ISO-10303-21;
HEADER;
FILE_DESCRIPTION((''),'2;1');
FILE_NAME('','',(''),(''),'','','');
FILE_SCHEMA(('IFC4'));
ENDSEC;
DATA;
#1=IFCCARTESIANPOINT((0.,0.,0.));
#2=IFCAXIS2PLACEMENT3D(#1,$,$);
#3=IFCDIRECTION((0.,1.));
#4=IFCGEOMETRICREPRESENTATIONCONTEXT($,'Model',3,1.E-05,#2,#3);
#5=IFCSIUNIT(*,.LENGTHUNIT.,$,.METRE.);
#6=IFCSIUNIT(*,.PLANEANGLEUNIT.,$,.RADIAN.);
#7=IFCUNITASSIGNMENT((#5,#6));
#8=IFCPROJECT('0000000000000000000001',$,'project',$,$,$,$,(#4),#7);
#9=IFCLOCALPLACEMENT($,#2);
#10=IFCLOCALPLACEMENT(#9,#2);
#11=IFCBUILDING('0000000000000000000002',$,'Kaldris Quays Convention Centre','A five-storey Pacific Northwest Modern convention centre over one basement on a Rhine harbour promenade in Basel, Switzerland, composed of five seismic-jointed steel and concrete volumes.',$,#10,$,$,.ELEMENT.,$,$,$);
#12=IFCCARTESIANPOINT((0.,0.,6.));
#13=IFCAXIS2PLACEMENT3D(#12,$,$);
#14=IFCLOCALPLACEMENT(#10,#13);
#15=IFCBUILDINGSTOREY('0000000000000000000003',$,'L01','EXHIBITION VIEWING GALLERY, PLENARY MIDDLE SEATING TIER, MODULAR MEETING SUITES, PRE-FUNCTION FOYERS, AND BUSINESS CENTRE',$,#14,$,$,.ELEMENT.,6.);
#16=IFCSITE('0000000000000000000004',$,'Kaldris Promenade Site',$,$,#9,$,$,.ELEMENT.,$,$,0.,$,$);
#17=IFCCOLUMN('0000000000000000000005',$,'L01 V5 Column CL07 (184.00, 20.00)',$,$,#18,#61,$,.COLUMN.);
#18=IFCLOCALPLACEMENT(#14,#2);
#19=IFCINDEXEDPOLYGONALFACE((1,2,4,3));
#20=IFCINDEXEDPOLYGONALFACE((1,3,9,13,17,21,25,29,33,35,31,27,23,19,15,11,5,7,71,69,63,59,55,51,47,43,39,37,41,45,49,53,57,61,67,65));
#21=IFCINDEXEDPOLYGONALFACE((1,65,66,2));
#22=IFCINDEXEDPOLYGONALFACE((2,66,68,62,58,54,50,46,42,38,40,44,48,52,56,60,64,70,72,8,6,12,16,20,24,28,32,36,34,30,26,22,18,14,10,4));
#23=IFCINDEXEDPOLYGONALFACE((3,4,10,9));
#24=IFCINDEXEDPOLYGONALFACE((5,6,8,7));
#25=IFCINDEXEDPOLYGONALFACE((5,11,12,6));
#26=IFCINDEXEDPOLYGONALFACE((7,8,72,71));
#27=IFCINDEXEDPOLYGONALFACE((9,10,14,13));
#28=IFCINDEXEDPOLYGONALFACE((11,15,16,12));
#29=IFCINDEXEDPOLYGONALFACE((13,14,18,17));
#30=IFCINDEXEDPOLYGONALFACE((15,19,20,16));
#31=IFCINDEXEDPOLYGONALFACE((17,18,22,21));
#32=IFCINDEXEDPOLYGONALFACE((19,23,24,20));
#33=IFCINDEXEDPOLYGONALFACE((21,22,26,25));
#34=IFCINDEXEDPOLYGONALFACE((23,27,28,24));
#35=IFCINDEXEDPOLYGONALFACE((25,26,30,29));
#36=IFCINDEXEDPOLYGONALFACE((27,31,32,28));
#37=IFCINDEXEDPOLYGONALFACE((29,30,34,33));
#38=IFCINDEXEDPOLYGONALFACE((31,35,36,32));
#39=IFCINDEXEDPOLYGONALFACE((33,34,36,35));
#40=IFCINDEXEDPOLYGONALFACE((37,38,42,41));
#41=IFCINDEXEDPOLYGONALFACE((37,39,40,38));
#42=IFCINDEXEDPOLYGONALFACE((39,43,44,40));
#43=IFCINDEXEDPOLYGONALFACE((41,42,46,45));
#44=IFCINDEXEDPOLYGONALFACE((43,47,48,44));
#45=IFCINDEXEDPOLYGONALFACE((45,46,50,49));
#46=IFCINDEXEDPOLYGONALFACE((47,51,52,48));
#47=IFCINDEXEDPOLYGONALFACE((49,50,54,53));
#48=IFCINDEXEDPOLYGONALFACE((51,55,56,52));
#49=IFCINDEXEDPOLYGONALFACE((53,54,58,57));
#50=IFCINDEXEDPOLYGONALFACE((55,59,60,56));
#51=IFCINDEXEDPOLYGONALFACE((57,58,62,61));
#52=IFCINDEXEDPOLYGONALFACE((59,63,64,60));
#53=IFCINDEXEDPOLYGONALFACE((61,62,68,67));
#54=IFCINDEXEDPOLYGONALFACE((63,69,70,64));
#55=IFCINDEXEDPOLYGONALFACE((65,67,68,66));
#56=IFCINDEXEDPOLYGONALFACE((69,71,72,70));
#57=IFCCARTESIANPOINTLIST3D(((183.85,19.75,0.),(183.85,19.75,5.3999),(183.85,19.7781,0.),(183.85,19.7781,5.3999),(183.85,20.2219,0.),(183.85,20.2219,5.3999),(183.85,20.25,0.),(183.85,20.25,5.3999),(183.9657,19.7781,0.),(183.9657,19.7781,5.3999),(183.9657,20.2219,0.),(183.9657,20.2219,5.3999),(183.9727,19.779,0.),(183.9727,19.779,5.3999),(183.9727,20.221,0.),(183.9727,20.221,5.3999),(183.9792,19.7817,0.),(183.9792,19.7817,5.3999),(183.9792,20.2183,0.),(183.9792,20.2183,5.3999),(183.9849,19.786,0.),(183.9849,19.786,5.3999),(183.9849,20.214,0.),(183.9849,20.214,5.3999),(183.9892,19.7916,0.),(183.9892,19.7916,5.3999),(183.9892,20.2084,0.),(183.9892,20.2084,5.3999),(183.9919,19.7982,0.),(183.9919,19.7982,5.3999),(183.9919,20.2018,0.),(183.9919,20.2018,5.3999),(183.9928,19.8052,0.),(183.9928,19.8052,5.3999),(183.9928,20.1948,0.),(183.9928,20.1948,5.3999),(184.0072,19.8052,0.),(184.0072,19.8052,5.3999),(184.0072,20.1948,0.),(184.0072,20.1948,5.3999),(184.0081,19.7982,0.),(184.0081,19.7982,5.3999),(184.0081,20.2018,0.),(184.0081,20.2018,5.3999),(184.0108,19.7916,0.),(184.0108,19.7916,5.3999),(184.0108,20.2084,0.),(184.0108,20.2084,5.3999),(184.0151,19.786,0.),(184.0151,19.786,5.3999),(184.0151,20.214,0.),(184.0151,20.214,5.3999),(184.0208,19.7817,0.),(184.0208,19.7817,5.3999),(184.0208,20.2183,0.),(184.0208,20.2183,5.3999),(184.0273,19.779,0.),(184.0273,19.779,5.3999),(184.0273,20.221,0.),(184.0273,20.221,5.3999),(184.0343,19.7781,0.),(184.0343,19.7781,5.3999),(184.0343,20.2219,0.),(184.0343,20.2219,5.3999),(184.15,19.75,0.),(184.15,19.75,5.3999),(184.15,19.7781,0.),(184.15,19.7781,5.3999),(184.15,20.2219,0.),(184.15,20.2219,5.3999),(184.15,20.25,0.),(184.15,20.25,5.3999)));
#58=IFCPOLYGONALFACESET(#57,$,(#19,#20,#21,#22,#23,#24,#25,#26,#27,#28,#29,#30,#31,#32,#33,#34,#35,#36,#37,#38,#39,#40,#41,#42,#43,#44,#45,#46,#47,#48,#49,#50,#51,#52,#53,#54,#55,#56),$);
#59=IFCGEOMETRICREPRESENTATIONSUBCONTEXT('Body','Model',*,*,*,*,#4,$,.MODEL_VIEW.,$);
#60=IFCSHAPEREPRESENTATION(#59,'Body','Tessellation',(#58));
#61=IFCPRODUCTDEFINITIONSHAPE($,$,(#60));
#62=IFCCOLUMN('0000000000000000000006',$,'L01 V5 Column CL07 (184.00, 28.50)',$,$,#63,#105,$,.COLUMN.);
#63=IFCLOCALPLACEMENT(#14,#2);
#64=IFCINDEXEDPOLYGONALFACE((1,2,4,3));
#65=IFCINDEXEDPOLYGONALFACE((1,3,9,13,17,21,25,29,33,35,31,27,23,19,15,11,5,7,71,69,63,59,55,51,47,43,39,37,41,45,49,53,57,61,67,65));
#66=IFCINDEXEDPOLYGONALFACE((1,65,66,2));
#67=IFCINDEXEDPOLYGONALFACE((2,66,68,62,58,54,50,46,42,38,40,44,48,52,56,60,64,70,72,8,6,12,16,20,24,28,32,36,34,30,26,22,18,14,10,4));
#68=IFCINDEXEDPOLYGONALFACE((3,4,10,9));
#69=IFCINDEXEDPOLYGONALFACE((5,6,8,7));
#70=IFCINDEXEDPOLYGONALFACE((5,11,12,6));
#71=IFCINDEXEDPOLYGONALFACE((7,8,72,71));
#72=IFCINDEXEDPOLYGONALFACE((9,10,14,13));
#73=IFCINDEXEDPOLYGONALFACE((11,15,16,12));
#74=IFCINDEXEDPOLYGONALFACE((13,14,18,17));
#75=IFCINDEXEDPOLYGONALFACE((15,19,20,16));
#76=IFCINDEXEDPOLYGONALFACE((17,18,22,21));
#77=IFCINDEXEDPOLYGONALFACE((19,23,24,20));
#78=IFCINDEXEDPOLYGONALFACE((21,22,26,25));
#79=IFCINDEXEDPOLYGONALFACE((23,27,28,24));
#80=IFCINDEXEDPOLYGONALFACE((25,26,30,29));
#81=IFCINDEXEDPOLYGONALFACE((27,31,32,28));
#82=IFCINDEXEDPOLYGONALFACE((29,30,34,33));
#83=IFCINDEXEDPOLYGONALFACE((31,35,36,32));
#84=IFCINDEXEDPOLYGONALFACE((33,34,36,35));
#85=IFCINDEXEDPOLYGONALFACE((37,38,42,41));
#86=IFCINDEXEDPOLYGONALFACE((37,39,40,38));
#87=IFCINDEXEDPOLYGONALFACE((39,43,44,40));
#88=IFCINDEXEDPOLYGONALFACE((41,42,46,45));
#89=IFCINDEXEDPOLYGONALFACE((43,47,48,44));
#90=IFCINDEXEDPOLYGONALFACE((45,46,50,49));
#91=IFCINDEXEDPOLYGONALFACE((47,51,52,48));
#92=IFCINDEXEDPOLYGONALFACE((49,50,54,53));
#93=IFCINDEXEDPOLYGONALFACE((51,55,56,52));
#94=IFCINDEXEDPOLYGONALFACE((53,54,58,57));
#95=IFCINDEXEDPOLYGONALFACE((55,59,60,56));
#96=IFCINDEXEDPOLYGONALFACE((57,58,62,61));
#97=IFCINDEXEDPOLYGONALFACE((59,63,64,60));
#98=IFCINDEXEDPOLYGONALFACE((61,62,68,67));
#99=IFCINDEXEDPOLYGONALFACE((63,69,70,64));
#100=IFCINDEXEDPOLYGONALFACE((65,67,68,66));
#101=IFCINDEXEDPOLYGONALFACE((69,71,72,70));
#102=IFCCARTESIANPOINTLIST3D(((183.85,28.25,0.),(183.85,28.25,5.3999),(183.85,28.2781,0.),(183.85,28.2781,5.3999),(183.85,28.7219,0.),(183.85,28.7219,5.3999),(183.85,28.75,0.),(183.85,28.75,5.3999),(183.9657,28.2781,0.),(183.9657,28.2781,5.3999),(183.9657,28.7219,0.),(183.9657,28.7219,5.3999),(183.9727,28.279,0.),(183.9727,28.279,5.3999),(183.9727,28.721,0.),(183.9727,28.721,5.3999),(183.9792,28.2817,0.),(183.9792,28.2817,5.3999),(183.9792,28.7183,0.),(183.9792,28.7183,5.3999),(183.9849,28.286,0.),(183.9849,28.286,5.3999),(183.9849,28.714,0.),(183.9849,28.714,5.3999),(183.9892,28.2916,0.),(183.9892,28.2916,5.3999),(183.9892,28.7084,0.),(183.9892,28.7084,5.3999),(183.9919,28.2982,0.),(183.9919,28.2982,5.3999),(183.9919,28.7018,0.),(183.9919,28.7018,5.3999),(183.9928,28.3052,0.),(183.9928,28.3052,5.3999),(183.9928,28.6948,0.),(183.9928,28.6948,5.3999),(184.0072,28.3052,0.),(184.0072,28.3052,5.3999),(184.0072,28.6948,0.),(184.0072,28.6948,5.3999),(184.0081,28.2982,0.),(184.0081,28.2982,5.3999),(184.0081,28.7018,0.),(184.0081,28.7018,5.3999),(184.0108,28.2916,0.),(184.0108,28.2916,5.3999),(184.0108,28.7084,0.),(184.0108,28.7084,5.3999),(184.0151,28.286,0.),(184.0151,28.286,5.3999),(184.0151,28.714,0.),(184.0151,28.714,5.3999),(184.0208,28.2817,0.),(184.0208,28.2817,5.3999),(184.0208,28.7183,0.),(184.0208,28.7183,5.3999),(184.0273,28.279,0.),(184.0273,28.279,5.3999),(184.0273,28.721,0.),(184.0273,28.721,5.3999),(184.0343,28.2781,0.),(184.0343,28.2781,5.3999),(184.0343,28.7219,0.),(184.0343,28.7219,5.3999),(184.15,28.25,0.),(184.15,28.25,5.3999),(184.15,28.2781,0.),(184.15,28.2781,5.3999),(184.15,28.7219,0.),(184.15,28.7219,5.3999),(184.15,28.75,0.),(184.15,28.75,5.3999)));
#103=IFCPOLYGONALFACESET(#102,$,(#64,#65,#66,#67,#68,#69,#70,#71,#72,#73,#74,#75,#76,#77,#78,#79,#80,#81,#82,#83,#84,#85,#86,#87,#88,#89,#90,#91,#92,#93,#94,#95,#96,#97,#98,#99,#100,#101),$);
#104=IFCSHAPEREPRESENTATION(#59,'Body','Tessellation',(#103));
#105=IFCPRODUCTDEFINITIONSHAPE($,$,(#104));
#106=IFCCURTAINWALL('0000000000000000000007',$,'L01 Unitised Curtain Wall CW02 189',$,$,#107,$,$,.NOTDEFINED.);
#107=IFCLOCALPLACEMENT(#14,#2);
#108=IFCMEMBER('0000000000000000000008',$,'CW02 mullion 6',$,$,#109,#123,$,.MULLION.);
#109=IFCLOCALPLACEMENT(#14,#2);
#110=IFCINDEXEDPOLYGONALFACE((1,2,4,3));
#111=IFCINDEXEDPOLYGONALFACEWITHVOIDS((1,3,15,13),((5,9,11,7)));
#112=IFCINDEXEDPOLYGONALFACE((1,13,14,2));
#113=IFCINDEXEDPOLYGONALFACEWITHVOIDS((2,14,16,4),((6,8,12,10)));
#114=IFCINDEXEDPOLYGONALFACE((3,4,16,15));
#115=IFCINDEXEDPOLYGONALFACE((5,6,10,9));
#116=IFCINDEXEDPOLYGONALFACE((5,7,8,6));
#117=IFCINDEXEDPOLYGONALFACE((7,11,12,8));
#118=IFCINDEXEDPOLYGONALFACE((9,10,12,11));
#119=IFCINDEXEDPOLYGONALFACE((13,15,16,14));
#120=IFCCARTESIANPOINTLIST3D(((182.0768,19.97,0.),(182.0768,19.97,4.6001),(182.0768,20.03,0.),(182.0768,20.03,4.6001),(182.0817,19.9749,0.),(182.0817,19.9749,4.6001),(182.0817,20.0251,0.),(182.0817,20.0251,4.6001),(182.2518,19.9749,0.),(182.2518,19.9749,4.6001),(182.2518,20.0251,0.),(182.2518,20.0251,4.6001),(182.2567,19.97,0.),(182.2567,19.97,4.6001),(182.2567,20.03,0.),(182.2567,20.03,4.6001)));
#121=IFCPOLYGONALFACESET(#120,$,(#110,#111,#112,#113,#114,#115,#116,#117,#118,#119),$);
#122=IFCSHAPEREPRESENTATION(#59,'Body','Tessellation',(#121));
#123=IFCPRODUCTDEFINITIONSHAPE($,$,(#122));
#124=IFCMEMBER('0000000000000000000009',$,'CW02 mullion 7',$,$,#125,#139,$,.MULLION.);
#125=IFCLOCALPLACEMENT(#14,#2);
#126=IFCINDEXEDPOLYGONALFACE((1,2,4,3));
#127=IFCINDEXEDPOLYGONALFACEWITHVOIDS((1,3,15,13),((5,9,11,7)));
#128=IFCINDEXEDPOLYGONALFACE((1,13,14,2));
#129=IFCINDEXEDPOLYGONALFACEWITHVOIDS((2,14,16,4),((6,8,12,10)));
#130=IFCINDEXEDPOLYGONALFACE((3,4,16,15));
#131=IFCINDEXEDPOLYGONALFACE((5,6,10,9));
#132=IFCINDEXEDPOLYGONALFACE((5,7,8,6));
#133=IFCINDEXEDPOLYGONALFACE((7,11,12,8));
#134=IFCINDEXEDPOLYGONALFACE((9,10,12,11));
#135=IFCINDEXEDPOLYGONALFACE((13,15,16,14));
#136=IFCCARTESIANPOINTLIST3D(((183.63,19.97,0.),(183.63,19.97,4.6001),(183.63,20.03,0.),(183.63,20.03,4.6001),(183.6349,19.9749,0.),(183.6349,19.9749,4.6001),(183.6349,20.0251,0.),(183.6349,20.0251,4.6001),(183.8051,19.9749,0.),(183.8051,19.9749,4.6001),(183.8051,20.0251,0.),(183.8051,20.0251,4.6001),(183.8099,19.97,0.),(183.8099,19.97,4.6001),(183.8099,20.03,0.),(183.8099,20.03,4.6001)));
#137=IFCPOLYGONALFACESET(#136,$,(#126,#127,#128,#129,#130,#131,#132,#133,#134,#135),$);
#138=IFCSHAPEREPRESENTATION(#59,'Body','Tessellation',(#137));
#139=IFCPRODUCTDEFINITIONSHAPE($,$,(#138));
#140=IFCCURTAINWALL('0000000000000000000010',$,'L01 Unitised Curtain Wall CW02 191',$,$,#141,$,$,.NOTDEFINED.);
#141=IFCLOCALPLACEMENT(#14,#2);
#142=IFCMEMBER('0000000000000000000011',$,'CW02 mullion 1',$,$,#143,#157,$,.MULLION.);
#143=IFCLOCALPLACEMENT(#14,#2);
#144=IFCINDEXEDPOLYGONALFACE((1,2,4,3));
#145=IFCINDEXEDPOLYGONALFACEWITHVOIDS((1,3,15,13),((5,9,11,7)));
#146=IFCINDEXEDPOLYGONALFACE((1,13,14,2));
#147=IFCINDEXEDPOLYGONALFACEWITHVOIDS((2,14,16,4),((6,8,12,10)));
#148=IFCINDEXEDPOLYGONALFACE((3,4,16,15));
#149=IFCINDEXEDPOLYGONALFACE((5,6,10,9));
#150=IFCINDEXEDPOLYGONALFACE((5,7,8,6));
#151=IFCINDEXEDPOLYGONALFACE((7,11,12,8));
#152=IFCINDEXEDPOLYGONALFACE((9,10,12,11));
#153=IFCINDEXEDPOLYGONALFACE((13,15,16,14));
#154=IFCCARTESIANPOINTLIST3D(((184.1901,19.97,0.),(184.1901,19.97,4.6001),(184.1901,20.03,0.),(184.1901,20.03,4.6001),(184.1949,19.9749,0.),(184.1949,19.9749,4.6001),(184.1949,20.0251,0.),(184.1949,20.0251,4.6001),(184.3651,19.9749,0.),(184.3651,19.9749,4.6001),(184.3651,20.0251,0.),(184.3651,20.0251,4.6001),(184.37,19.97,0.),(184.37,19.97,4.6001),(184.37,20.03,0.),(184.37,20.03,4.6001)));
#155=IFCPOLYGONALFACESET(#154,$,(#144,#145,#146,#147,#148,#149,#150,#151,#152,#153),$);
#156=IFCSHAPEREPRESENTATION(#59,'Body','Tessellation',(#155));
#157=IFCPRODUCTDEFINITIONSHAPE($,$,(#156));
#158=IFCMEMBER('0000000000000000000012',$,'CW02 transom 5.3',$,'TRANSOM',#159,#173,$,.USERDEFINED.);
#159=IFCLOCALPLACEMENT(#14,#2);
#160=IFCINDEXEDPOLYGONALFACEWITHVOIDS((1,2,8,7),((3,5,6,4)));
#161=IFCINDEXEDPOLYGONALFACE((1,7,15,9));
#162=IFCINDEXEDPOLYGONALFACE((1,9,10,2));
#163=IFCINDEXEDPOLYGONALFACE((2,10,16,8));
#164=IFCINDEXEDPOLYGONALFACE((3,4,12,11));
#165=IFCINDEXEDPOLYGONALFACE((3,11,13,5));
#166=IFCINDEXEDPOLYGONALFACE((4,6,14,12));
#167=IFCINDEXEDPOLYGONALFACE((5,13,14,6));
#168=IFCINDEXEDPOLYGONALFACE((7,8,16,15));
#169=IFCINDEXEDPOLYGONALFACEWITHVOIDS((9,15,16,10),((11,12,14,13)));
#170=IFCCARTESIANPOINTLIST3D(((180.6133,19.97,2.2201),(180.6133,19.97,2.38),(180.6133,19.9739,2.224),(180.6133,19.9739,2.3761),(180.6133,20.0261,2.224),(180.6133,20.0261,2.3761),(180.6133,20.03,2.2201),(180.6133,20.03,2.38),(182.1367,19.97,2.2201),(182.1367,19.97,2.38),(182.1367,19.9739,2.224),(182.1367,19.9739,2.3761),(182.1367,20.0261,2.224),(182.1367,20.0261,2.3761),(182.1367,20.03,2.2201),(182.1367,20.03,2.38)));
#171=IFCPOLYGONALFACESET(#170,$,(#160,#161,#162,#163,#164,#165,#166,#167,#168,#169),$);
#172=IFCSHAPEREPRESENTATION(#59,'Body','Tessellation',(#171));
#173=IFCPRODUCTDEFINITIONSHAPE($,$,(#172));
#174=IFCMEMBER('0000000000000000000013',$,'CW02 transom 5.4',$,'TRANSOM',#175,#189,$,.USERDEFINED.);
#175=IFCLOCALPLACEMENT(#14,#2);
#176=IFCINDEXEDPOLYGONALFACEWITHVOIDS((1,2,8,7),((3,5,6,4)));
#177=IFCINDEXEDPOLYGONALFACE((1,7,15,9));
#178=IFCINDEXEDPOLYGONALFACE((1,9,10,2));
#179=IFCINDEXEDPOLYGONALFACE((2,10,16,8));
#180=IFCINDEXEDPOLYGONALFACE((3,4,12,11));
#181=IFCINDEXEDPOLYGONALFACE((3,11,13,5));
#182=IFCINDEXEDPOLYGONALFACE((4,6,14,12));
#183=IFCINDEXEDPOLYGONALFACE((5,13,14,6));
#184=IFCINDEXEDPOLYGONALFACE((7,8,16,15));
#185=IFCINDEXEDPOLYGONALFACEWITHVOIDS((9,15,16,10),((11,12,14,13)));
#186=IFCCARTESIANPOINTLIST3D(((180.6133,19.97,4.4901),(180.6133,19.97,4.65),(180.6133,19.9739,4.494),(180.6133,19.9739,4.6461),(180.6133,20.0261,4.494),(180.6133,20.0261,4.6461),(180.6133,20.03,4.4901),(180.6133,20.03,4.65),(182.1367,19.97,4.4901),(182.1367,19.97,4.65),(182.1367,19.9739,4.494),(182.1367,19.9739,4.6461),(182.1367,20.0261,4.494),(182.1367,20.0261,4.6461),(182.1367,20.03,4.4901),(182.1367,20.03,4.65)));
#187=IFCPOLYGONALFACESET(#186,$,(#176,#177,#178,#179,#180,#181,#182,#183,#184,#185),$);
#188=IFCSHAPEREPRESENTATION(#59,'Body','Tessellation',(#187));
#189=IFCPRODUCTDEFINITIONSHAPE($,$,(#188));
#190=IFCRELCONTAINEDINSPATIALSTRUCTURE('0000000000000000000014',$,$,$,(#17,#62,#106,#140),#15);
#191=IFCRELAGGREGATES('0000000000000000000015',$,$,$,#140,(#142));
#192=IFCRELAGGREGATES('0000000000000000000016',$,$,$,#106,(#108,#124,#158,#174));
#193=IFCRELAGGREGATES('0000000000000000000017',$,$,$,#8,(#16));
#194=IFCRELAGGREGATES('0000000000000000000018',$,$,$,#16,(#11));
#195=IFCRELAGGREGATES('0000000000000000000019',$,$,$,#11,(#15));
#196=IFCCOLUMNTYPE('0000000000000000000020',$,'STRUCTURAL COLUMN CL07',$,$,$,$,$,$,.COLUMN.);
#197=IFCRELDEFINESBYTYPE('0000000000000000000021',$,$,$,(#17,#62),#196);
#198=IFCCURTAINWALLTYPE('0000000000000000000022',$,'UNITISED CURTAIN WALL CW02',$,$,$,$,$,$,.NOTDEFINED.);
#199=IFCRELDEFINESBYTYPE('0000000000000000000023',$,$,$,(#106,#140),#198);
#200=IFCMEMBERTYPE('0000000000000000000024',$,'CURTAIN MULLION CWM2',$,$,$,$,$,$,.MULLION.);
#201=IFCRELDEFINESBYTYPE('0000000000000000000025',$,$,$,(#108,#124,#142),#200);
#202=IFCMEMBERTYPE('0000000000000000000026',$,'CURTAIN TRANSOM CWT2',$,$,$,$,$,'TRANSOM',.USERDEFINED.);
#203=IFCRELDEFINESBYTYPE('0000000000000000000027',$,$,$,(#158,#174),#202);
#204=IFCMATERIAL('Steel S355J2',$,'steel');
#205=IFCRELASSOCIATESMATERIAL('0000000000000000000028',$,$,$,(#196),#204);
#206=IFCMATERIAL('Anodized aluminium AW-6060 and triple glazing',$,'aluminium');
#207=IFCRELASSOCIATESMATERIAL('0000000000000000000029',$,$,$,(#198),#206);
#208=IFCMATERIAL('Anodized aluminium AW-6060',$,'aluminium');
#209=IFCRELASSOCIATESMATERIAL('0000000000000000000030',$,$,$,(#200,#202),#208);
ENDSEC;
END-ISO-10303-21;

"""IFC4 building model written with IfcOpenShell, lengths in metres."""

from ifc_helpers import new_model, si_unit, direction, frame, origin, origin_2d, place, context, subcontext, project, spatial, hollow_rectangle, i_section, extrude, material, material_profile, profile_set, type_object, element, aggregate, save


model = new_model("IFC4")

# Units and contexts
model_context = context("Model", 3, precision=1e-05, world=origin(), true_north=direction((0.0, 1.0)))
body_context = subcontext(model_context, "Body", "Model", "MODEL_VIEW")
ifc_project = project(units=[si_unit("LENGTHUNIT", "METRE"), si_unit("PLANEANGLEUNIT", "RADIAN")], contexts=[model_context])

# Site, building, storey
site_placement = place(None, origin())
site = spatial("IfcSite", under=ifc_project, at=site_placement, Name="Kaldris Promenade Site", CompositionType="ELEMENT", RefElevation=0.0)
building_placement = place(site_placement, origin())
building = spatial("IfcBuilding", under=site, at=building_placement, Name="Kaldris Quays Convention Centre", Description="A five-storey Pacific Northwest Modern convention centre over one basement on a Rhine harbour promenade in Basel, Switzerland, composed of five seismic-jointed steel and concrete volumes.", CompositionType="ELEMENT")
storey_placement = place(building_placement, frame((0.0, 0.0, 6.0)))
storey = spatial("IfcBuildingStorey", under=building, at=storey_placement, Name="L01", Description="EXHIBITION VIEWING GALLERY, PLENARY MIDDLE SEATING TIER, MODULAR MEETING SUITES, PRE-FUNCTION FOYERS, AND BUSINESS CENTRE", CompositionType="ELEMENT", Elevation=6.0)

# Columns
ifc_material_1 = material(Name="Steel S355J2", Category="steel")
ifc_material_profile_1 = material_profile(ifc_material_1, i_section(OverallWidth=0.3, OverallDepth=0.5, WebThickness=0.0144, FlangeThickness=0.0281, FilletRadius=0.0271, at=origin_2d()), Name="HEB 500")
ifc_profile_set_1 = profile_set([ifc_material_profile_1], Name="Steel S355J2")
column_type = type_object("IfcColumnType", Name="STRUCTURAL COLUMN CL07", PredefinedType="COLUMN", material=ifc_profile_set_1)
for number, where, z_axis, x_axis, name in (
    (1, (184.0, 20.0, 0.0), (0.0, 0.0, 1.0), (1.0, 0.0, 0.0), "L01 V5 Column CL07 (184.00, 20.00)"),
    (2, (184.0, 28.5, 0.0), (0.0, 0.0, 1.0), (1.0, 0.0, 0.0), "L01 V5 Column CL07 (184.00, 28.50)"),
):
    element("IfcColumn", number, at=place(storey_placement, frame(where, z_axis=z_axis, x_axis=x_axis)), inside=storey, type_object=column_type, Name=name, PredefinedType="COLUMN", context=body_context, shape_type="SweptSolid", body=[
        extrude(i_section(OverallWidth=0.3, OverallDepth=0.5, WebThickness=0.0144, FlangeThickness=0.0281, FilletRadius=0.0271, at=origin_2d()), origin(), (0.0, 0.0, 1.0), 5.3999),
    ])

# Curtain wall, members
ifc_material_2 = material(Name="Anodized aluminium AW-6060 and triple glazing", Category="aluminium")
curtain_wall_type = type_object("IfcCurtainWallType", Name="UNITISED CURTAIN WALL CW02", PredefinedType="NOTDEFINED", material=ifc_material_2)
curtain_wall_1_placement = place(storey_placement, origin())
curtain_wall_1 = element("IfcCurtainWall", 3, at=curtain_wall_1_placement, inside=storey, type_object=curtain_wall_type, Name="L01 Unitised Curtain Wall CW02 189", PredefinedType="NOTDEFINED")
ifc_material_3 = material(Name="Anodized aluminium AW-6060", Category="aluminium")
ifc_material_profile_2 = material_profile(ifc_material_3, hollow_rectangle(XDim=0.0601, YDim=0.1799, WallThickness=0.0049, at=origin_2d()), Name="RHS 180x60x5")
ifc_profile_set_2 = profile_set([ifc_material_profile_2], Name="Anodized aluminium AW-6060")
member_type_1 = type_object("IfcMemberType", Name="CURTAIN MULLION CWM2", PredefinedType="MULLION", material=ifc_profile_set_2)
member_1_placement = place(storey_placement, frame((182.1667, 20.0, 0.0), z_axis=(0.0, 0.0, 1.0), x_axis=(0.0, 1.0, 0.0)))
member_1 = element("IfcMember", 4, at=member_1_placement, type_object=member_type_1, Name="CW02 mullion 6", PredefinedType="MULLION", context=body_context, shape_type="SweptSolid", body=[
    extrude(hollow_rectangle(XDim=0.0601, YDim=0.1799, WallThickness=0.0049, at=origin_2d()), origin(), (0.0, 0.0, 1.0), 4.6001),
])
member_2_placement = place(storey_placement, frame((183.72, 20.0, 0.0), z_axis=(0.0, 0.0, 1.0), x_axis=(0.0, 1.0, 0.0)))
member_2 = element("IfcMember", 5, at=member_2_placement, type_object=member_type_1, Name="CW02 mullion 7", PredefinedType="MULLION", context=body_context, shape_type="SweptSolid", body=[
    extrude(hollow_rectangle(XDim=0.0601, YDim=0.1799, WallThickness=0.0049, at=origin_2d()), origin(), (0.0, 0.0, 1.0), 4.6001),
])

# Curtain wall, member
curtain_wall_2_placement = place(storey_placement, origin())
curtain_wall_2 = element("IfcCurtainWall", 6, at=curtain_wall_2_placement, inside=storey, type_object=curtain_wall_type, Name="L01 Unitised Curtain Wall CW02 191", PredefinedType="NOTDEFINED")
member_3_placement = place(storey_placement, frame((184.28, 20.0, 0.0), z_axis=(0.0, 0.0, 1.0), x_axis=(0.0, 1.0, 0.0)))
member_3 = element("IfcMember", 7, at=member_3_placement, type_object=member_type_1, Name="CW02 mullion 1", PredefinedType="MULLION", context=body_context, shape_type="SweptSolid", body=[
    extrude(hollow_rectangle(XDim=0.0601, YDim=0.1799, WallThickness=0.0049, at=origin_2d()), origin(), (0.0, 0.0, 1.0), 4.6001),
])

# Members
ifc_material_profile_3 = material_profile(ifc_material_3, hollow_rectangle(XDim=0.0601, YDim=0.1599, WallThickness=0.0039, at=origin_2d()), Name="RHS 160x60x4")
ifc_profile_set_3 = profile_set([ifc_material_profile_3], Name="Anodized aluminium AW-6060")
member_type_2 = type_object("IfcMemberType", Name="CURTAIN TRANSOM CWT2", ElementType="TRANSOM", PredefinedType="USERDEFINED", material=ifc_profile_set_3)
member_4_placement = place(storey_placement, frame((180.6133, 20.0, 2.3), z_axis=(1.0, 0.0, 0.0), x_axis=(0.0, 1.0, 0.0)))
member_4 = element("IfcMember", 8, at=member_4_placement, type_object=member_type_2, Name="CW02 transom 5.3", ObjectType="TRANSOM", PredefinedType="USERDEFINED", context=body_context, shape_type="SweptSolid", body=[
    extrude(hollow_rectangle(XDim=0.0601, YDim=0.1599, WallThickness=0.0039, at=origin_2d()), origin(), (0.0, 0.0, 1.0), 1.5234),
])
member_5_placement = place(storey_placement, frame((180.6133, 20.0, 4.5701), z_axis=(1.0, 0.0, 0.0), x_axis=(0.0, 1.0, 0.0)))
member_5 = element("IfcMember", 9, at=member_5_placement, type_object=member_type_2, Name="CW02 transom 5.4", ObjectType="TRANSOM", PredefinedType="USERDEFINED", context=body_context, shape_type="SweptSolid", body=[
    extrude(hollow_rectangle(XDim=0.0601, YDim=0.1599, WallThickness=0.0039, at=origin_2d()), origin(), (0.0, 0.0, 1.0), 1.5234),
])
aggregate(curtain_wall_2, [member_3])

aggregate(curtain_wall_1, [member_1, member_2, member_4, member_5])

save(model, "model.ifc")
